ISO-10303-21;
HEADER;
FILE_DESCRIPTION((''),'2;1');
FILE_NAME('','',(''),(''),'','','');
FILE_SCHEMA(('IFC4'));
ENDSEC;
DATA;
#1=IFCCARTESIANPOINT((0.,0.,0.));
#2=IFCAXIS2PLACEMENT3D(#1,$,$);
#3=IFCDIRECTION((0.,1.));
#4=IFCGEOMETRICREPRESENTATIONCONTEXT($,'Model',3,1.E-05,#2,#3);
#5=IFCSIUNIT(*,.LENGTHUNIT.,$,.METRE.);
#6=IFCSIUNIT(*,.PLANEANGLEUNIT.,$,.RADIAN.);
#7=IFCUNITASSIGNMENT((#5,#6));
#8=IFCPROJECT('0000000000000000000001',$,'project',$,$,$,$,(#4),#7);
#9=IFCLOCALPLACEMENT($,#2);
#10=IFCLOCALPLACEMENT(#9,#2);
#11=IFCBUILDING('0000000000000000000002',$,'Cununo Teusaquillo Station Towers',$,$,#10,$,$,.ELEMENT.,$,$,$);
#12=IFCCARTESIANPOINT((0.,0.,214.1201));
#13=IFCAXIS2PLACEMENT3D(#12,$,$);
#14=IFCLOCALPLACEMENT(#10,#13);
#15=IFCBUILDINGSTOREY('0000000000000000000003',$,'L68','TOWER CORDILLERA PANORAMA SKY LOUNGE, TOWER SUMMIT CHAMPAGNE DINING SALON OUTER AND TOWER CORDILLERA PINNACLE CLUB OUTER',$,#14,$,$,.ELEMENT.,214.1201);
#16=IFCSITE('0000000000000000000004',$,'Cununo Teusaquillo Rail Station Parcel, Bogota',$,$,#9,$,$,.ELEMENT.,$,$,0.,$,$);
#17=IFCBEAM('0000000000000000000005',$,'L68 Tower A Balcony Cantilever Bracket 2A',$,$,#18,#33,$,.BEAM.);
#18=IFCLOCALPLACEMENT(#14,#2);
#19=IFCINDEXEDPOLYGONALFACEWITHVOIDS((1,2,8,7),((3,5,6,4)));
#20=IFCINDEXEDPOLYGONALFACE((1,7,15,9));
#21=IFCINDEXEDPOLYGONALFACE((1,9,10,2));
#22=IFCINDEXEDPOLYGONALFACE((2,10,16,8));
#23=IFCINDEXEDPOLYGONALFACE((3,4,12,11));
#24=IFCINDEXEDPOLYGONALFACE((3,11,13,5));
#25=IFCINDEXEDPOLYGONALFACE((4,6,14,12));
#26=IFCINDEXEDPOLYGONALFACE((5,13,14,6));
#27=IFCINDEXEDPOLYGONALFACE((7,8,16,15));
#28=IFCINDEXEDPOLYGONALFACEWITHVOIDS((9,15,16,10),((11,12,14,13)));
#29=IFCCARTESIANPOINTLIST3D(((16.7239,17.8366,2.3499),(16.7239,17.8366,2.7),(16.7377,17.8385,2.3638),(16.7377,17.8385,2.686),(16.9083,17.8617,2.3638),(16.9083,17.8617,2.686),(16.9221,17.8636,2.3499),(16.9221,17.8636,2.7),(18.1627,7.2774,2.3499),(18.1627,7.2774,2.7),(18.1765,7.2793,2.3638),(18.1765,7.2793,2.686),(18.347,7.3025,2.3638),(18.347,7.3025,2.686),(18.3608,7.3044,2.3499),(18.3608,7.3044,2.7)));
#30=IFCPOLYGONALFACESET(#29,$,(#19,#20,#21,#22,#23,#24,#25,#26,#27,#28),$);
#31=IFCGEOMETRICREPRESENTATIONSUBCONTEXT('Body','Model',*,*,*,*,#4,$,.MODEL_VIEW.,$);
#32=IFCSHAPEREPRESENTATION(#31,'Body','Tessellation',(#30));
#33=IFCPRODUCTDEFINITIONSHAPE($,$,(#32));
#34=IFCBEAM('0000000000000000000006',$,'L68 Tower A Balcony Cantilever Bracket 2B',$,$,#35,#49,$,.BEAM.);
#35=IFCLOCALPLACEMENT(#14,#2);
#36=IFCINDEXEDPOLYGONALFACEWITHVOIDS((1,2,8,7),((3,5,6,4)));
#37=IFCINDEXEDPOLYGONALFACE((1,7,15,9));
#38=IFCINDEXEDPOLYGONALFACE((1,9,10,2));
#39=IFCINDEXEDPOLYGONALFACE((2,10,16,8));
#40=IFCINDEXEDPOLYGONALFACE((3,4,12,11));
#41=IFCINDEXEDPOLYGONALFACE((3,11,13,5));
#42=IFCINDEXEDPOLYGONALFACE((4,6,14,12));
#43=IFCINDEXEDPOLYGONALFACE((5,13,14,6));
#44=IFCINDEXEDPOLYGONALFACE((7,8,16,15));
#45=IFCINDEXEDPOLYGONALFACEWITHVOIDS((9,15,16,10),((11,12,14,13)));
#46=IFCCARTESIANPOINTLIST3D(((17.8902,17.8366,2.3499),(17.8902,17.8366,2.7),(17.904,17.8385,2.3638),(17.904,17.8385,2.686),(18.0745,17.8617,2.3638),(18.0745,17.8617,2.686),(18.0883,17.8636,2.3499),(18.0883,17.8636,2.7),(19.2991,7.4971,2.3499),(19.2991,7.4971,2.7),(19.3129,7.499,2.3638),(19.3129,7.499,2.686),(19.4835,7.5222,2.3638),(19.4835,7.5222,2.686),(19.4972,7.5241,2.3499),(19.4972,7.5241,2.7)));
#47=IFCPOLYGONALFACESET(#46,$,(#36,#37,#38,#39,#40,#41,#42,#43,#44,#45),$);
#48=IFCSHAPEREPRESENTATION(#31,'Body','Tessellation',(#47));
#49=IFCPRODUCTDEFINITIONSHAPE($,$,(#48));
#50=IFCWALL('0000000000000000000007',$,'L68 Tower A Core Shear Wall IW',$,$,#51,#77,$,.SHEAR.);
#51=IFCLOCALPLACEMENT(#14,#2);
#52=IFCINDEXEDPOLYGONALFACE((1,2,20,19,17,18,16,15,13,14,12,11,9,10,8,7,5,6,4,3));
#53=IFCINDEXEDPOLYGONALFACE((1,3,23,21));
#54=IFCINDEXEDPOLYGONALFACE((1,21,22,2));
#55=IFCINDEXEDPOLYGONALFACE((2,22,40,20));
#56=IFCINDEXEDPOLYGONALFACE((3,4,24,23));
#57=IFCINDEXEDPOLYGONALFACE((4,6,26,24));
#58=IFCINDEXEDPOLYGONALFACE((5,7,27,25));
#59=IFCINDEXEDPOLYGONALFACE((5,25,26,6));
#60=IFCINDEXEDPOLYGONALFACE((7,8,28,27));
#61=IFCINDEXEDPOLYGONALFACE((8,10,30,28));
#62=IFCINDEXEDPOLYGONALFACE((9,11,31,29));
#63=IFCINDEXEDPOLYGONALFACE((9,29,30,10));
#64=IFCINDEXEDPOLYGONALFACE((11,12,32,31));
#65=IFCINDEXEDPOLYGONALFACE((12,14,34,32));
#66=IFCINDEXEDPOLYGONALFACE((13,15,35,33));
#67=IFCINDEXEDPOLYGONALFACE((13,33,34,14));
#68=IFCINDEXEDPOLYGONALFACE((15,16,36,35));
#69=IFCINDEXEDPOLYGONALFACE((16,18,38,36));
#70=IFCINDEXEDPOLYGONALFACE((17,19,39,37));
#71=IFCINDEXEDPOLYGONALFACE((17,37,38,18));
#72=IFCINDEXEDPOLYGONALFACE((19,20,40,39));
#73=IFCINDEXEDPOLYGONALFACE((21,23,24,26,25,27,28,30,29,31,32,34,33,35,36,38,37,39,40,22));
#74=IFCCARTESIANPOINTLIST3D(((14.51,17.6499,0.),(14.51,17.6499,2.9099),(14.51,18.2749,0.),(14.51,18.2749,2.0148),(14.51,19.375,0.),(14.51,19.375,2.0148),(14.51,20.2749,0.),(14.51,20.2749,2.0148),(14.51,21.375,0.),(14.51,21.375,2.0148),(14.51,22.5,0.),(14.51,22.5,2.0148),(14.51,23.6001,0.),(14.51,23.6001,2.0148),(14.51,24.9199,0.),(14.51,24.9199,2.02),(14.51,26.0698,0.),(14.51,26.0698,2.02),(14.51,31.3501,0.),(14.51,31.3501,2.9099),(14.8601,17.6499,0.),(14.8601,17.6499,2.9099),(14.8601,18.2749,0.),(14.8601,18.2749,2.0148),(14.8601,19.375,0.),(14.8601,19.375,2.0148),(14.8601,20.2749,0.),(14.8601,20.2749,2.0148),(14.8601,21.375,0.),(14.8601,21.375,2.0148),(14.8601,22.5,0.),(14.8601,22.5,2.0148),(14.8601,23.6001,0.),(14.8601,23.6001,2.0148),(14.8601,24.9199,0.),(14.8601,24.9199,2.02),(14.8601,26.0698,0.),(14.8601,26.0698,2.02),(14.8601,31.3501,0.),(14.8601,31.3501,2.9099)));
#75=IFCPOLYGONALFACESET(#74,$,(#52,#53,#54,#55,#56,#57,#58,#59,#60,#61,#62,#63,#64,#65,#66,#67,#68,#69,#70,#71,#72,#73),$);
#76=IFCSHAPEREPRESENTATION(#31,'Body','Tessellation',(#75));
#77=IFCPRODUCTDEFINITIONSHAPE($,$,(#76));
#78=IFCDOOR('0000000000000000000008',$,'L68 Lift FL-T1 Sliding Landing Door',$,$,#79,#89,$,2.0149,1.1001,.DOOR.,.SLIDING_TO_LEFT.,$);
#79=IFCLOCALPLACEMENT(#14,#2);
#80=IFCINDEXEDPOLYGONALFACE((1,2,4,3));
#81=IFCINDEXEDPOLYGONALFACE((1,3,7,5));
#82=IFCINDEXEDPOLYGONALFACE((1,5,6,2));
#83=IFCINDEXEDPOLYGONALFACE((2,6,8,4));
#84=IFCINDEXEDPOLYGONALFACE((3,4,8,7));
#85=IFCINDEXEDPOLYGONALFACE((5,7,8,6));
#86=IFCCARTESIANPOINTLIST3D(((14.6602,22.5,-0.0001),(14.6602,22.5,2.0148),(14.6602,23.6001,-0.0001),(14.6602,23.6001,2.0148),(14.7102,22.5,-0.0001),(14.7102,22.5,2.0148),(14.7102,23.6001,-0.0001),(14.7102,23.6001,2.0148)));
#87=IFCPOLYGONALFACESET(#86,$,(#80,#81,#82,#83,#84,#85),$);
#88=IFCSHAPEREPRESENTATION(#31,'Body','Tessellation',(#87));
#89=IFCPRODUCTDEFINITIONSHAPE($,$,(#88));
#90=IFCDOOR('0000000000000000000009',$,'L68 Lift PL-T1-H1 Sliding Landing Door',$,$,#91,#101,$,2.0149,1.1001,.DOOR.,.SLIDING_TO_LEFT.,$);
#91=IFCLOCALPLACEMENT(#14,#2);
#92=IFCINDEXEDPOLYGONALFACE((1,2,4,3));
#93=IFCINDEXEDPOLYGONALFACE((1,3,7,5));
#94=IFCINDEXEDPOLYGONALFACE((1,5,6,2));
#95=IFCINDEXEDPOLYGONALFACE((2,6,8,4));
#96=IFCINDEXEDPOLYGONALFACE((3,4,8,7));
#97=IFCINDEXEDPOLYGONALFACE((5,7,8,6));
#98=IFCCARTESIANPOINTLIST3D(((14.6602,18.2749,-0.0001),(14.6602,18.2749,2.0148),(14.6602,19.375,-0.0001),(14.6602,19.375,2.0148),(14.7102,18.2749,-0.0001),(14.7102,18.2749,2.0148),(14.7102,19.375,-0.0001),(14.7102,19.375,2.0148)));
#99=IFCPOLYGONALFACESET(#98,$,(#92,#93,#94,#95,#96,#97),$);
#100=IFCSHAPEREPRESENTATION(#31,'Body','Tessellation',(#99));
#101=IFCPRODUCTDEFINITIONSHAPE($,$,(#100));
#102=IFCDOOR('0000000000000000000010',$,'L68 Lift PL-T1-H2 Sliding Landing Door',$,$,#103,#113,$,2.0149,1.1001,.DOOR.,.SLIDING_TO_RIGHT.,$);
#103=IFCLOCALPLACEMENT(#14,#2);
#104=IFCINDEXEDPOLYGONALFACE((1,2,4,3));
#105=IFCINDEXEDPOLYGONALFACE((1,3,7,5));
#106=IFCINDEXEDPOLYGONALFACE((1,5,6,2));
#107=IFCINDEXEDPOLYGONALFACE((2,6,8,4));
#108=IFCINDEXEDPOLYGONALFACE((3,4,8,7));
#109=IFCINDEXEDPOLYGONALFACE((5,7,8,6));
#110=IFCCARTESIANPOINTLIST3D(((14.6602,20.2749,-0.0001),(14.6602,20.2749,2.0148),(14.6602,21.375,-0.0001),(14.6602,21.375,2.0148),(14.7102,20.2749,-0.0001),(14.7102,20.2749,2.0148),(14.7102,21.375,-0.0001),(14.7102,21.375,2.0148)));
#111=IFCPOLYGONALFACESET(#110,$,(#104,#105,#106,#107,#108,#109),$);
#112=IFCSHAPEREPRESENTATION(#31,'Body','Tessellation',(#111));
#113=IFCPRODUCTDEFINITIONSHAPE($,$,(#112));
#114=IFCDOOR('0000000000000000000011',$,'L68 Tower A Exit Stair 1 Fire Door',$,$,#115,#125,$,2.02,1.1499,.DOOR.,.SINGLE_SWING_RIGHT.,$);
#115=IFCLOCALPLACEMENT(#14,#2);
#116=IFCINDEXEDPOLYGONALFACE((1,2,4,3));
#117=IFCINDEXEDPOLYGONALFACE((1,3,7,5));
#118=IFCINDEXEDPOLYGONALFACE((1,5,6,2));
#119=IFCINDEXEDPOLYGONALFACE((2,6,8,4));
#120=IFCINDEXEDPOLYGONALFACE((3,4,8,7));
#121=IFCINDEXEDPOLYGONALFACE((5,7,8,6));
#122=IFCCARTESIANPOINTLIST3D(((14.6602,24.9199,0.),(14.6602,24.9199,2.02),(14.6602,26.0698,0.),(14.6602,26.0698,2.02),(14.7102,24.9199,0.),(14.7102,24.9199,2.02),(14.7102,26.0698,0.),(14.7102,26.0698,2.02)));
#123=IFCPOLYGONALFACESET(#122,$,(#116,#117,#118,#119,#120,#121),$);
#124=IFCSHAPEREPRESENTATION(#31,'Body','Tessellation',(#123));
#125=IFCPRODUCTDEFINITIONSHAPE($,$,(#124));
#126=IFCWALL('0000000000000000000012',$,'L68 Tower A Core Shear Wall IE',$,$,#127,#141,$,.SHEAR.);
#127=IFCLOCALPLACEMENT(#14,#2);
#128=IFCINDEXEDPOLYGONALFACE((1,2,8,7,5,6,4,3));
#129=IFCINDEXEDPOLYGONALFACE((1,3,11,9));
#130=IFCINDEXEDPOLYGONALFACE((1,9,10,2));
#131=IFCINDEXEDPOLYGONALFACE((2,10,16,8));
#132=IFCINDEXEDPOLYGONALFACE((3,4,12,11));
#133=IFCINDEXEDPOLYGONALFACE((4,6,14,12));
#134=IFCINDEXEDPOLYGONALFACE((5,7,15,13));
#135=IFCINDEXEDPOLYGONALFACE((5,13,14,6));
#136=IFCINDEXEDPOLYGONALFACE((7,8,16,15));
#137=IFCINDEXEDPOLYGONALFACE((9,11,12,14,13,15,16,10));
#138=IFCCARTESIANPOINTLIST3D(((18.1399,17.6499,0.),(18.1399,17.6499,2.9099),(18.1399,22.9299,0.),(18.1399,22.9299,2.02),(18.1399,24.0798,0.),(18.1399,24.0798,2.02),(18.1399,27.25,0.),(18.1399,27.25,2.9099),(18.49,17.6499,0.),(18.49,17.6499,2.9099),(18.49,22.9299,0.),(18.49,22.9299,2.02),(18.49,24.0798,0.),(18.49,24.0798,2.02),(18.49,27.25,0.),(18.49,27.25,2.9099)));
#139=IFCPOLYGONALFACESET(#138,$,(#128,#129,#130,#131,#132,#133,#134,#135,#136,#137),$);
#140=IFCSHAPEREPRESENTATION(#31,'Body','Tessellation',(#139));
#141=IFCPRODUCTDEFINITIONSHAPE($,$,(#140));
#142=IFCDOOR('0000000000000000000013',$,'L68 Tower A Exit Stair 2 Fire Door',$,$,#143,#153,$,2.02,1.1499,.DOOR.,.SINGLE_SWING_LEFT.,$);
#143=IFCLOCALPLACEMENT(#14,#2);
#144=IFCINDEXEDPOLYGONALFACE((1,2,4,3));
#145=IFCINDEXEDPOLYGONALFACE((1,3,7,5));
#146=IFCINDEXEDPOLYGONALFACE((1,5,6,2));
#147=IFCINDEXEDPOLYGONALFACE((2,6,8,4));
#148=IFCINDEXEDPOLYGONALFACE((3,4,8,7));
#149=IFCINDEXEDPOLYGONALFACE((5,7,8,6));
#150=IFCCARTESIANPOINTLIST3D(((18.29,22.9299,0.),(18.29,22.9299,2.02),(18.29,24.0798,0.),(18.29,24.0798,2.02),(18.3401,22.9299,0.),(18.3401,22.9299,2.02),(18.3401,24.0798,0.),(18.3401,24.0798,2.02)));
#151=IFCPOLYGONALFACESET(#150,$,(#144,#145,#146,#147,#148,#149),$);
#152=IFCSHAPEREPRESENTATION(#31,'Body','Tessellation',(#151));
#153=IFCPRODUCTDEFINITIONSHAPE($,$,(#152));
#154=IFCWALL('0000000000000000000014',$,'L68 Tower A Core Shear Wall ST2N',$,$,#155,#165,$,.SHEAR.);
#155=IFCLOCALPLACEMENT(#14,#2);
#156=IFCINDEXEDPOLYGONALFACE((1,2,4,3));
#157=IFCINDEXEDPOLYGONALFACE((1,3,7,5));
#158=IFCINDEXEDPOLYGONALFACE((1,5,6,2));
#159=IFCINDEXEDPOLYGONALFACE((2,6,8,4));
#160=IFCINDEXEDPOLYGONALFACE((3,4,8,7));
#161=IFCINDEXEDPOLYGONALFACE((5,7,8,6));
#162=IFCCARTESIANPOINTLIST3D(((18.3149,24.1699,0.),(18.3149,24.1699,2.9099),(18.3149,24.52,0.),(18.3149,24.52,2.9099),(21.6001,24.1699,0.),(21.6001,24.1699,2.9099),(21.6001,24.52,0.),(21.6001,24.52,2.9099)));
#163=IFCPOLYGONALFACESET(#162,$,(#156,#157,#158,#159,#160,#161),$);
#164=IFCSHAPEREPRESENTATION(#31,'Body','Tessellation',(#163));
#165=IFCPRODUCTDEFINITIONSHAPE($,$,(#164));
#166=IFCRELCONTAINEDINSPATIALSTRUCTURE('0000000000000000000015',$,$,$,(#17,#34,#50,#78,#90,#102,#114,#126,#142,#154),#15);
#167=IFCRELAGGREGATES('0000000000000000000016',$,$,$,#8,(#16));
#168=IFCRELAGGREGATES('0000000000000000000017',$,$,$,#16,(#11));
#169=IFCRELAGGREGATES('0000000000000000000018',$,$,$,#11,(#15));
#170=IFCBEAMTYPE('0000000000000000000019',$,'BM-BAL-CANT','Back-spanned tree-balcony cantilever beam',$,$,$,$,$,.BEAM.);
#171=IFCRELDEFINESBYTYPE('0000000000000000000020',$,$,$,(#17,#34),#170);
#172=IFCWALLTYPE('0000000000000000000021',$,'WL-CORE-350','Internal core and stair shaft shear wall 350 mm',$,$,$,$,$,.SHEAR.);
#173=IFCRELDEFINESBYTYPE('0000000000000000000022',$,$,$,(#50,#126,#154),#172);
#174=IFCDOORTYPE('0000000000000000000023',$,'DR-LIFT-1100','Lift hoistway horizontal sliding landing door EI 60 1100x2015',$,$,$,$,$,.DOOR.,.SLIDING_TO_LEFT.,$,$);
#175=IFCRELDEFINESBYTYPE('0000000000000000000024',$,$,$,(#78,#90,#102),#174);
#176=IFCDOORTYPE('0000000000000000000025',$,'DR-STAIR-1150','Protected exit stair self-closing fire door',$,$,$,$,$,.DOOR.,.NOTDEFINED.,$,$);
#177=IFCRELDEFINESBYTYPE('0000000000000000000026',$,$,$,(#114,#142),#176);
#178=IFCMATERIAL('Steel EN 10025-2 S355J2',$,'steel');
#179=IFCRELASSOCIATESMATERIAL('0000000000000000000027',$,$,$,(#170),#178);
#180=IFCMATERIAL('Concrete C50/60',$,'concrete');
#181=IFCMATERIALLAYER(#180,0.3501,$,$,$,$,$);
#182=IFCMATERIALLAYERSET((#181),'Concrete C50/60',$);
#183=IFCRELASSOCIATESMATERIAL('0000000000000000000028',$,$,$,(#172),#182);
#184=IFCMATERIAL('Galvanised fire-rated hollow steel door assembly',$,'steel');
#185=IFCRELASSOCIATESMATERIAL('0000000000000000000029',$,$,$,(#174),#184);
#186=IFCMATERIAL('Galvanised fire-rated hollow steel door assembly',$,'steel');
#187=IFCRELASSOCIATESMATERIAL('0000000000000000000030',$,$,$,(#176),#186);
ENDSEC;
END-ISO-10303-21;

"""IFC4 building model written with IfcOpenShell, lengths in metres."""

from ifc_helpers import new_model, si_unit, direction, frame, frame_2d, origin, origin_2d, place, context, subcontext, project, spatial, rectangle, hollow_rectangle, extrude, source, transform, mapped, material, layer, layer_set, material_profile, profile_set, type_object, element, fill, save


model = new_model("IFC4")

# Units and contexts
model_context = context("Model", 3, precision=1e-05, world=origin(), true_north=direction((0.0, 1.0)))
body_context = subcontext(model_context, "Body", "Model", "MODEL_VIEW")
ifc_project = project(units=[si_unit("LENGTHUNIT", "METRE"), si_unit("PLANEANGLEUNIT", "RADIAN")], contexts=[model_context])

# Site, building, storey
site_placement = place(None, origin())
site = spatial("IfcSite", under=ifc_project, at=site_placement, Name="Cununo Teusaquillo Rail Station Parcel, Bogota", CompositionType="ELEMENT", RefElevation=0.0)
building_placement = place(site_placement, origin())
building = spatial("IfcBuilding", under=site, at=building_placement, Name="Cununo Teusaquillo Station Towers", CompositionType="ELEMENT")
storey_placement = place(building_placement, frame((0.0, 0.0, 214.1201)))
storey = spatial("IfcBuildingStorey", under=building, at=storey_placement, Name="L68", Description="TOWER CORDILLERA PANORAMA SKY LOUNGE, TOWER SUMMIT CHAMPAGNE DINING SALON OUTER AND TOWER CORDILLERA PINNACLE CLUB OUTER", CompositionType="ELEMENT", Elevation=214.1201)

# Beams
ifc_material_1 = material(Name="Steel EN 10025-2 S355J2", Category="steel")
ifc_material_profile = material_profile(ifc_material_1, hollow_rectangle(XDim=0.2, YDim=0.3501, WallThickness=0.0139, at=origin_2d()), Name="RHS 350x200x14")
ifc_profile_set = profile_set([ifc_material_profile], Name="Steel EN 10025-2 S355J2")
beam_type = type_object("IfcBeamType", Name="BM-BAL-CANT", Description="Back-spanned tree-balcony cantilever beam", PredefinedType="BEAM", material=ifc_profile_set)
beam_1_placement = place(storey_placement, frame((16.823, 17.8501, 2.5249), z_axis=(0.135007, -0.990845, 0.0), x_axis=(0.990845, 0.135007, 0.0)))
element("IfcBeam", 1, at=beam_1_placement, inside=storey, type_object=beam_type, Name="L68 Tower A Balcony Cantilever Bracket 2A", PredefinedType="BEAM", context=body_context, shape_type="SweptSolid", body=[
    extrude(hollow_rectangle(XDim=0.2, YDim=0.3501, WallThickness=0.0139, at=origin_2d()), origin(), (0.0, 0.0, 1.0), 10.6567),
])
beam_2_placement = place(storey_placement, frame((17.9893, 17.8501, 2.5249), z_axis=(0.135018, -0.990843, 0.0), x_axis=(0.990843, 0.135018, 0.0)))
element("IfcBeam", 2, at=beam_2_placement, inside=storey, type_object=beam_type, Name="L68 Tower A Balcony Cantilever Bracket 2B", PredefinedType="BEAM", context=body_context, shape_type="SweptSolid", body=[
    extrude(hollow_rectangle(XDim=0.2, YDim=0.3501, WallThickness=0.0139, at=origin_2d()), origin(), (0.0, 0.0, 1.0), 10.4351),
])

# Wall, openings, doors
ifc_material_2 = material(Name="Concrete C50/60", Category="concrete")
ifc_layer_1 = layer(ifc_material_2, 0.3501)
ifc_layer_set_1 = layer_set([ifc_layer_1], Name="Concrete C50/60")
wall_type_1 = type_object("IfcWallType", Name="WL-CORE-350", Description="Internal core and stair shaft shear wall 350 mm", PredefinedType="SHEAR", material=ifc_layer_set_1)
wall_1_placement = place(storey_placement, frame((14.6851, 17.6499, 0.0), z_axis=(0.0, 0.0, 1.0), x_axis=(0.0, 1.0, 0.0)))
wall_1 = element("IfcWall", 3, at=wall_1_placement, inside=storey, type_object=wall_type_1, Name="L68 Tower A Core Shear Wall IW", PredefinedType="SHEAR", context=body_context, shape_type="SweptSolid", body=[
    extrude(rectangle(XDim=13.7002, YDim=0.3501, at=frame_2d((6.8501, 0.0))), origin(), (0.0, 0.0, 1.0), 2.9099),
])
shared_shape_1 = source(origin(), body_context, "Body", "SweptSolid", [
    extrude(rectangle(XDim=1.1001, YDim=2.0149, at=frame_2d((0.55, 1.0073))), frame((0.0, 0.1851, 0.0), z_axis=(0.0, -1.0, 0.0), x_axis=(1.0, 0.0, 0.0)), (0.0, 0.0, 1.0), 0.3701),
])
opening_1_placement = place(wall_1_placement, frame((4.8501, 0.0, 0.0)))
opening_1 = element("IfcOpeningElement", 4, at=opening_1_placement, cuts=wall_1, PredefinedType="OPENING", context=body_context, shape_type="MappedRepresentation", body=[
    mapped(shared_shape_1, transform((0.0, 0.0, 0.0), x_axis=(1.0, 0.0, 0.0), y_axis=(0.0, 1.0, 0.0), z_axis=(0.0, 0.0, 1.0), scale=1.0)),
])
opening_2_placement = place(wall_1_placement, frame((0.625, 0.0, 0.0)))
opening_2 = element("IfcOpeningElement", 5, at=opening_2_placement, cuts=wall_1, PredefinedType="OPENING", context=body_context, shape_type="MappedRepresentation", body=[
    mapped(shared_shape_1, transform((0.0, 0.0, 0.0), x_axis=(1.0, 0.0, 0.0), y_axis=(0.0, 1.0, 0.0), z_axis=(0.0, 0.0, 1.0), scale=1.0)),
])
opening_3_placement = place(wall_1_placement, frame((2.625, 0.0, 0.0)))
opening_3 = element("IfcOpeningElement", 6, at=opening_3_placement, cuts=wall_1, PredefinedType="OPENING", context=body_context, shape_type="MappedRepresentation", body=[
    mapped(shared_shape_1, transform((0.0, 0.0, 0.0), x_axis=(1.0, 0.0, 0.0), y_axis=(0.0, 1.0, 0.0), z_axis=(0.0, 0.0, 1.0), scale=1.0)),
])
shared_shape_2 = source(origin(), body_context, "Body", "SweptSolid", [
    extrude(rectangle(XDim=1.1499, YDim=2.02, at=frame_2d((0.575, 1.01))), frame((0.0, 0.1851, 0.0), z_axis=(0.0, -1.0, 0.0), x_axis=(1.0, 0.0, 0.0)), (0.0, 0.0, 1.0), 0.3701),
])
opening_4_placement = place(wall_1_placement, frame((7.27, 0.0, 0.0)))
opening_4 = element("IfcOpeningElement", 7, at=opening_4_placement, cuts=wall_1, PredefinedType="OPENING", context=body_context, shape_type="MappedRepresentation", body=[
    mapped(shared_shape_2, transform((0.0, 0.0, 0.0), x_axis=(1.0, 0.0, 0.0), y_axis=(0.0, 1.0, 0.0), z_axis=(0.0, 0.0, 1.0), scale=1.0)),
])
ifc_material_3 = material(Name="Galvanised fire-rated hollow steel door assembly", Category="steel")
door_type_1 = type_object("IfcDoorType", Name="DR-LIFT-1100", Description="Lift hoistway horizontal sliding landing door EI 60 1100x2015", OperationType="SLIDING_TO_LEFT", PredefinedType="DOOR", material=ifc_material_3)
shared_shape_3 = source(origin(), body_context, "Body", "SweptSolid", [
    extrude(rectangle(XDim=1.1001, YDim=2.0149, at=frame_2d((0.55, 1.0073))), frame((0.0, 0.0249, 0.0), z_axis=(0.0, -1.0, 0.0), x_axis=(1.0, 0.0, 0.0)), (0.0, 0.0, 1.0), 0.05),
])
door_1_placement = place(opening_1_placement, origin())
door_1 = element("IfcDoor", 8, at=door_1_placement, inside=storey, type_object=door_type_1, Name="L68 Lift FL-T1 Sliding Landing Door", OperationType="SLIDING_TO_LEFT", OverallHeight=2.0149, OverallWidth=1.1001, PredefinedType="DOOR", context=body_context, shape_type="MappedRepresentation", body=[
    mapped(shared_shape_3, transform((0.0, 0.0, 0.0), x_axis=(1.0, 0.0, 0.0), y_axis=(0.0, 1.0, 0.0), z_axis=(0.0, 0.0, 1.0), scale=1.0)),
])
fill(opening_1, door_1)
door_2_placement = place(opening_2_placement, origin())
door_2 = element("IfcDoor", 9, at=door_2_placement, inside=storey, type_object=door_type_1, Name="L68 Lift PL-T1-H1 Sliding Landing Door", OperationType="SLIDING_TO_LEFT", OverallHeight=2.0149, OverallWidth=1.1001, PredefinedType="DOOR", context=body_context, shape_type="MappedRepresentation", body=[
    mapped(shared_shape_3, transform((0.0, 0.0, 0.0), x_axis=(1.0, 0.0, 0.0), y_axis=(0.0, 1.0, 0.0), z_axis=(0.0, 0.0, 1.0), scale=1.0)),
])
fill(opening_2, door_2)
door_3_placement = place(opening_3_placement, origin())
door_3 = element("IfcDoor", 10, at=door_3_placement, inside=storey, type_object=door_type_1, Name="L68 Lift PL-T1-H2 Sliding Landing Door", OperationType="SLIDING_TO_RIGHT", OverallHeight=2.0149, OverallWidth=1.1001, PredefinedType="DOOR", context=body_context, shape_type="MappedRepresentation", body=[
    mapped(shared_shape_3, transform((0.0, 0.0, 0.0), x_axis=(1.0, 0.0, 0.0), y_axis=(0.0, 1.0, 0.0), z_axis=(0.0, 0.0, 1.0), scale=1.0)),
])
fill(opening_3, door_3)
ifc_material_4 = material(Name="Galvanised fire-rated hollow steel door assembly", Category="steel")
door_type_2 = type_object("IfcDoorType", Name="DR-STAIR-1150", Description="Protected exit stair self-closing fire door", OperationType="NOTDEFINED", PredefinedType="DOOR", material=ifc_material_4)
shared_shape_4 = source(origin(), body_context, "Body", "SweptSolid", [
    extrude(rectangle(XDim=1.1499, YDim=2.02, at=frame_2d((0.575, 1.01))), frame((0.0, 0.0249, 0.0), z_axis=(0.0, -1.0, 0.0), x_axis=(1.0, 0.0, 0.0)), (0.0, 0.0, 1.0), 0.05),
])
door_4_placement = place(opening_4_placement, origin())
door_4 = element("IfcDoor", 11, at=door_4_placement, inside=storey, type_object=door_type_2, Name="L68 Tower A Exit Stair 1 Fire Door", OperationType="SINGLE_SWING_RIGHT", OverallHeight=2.02, OverallWidth=1.1499, PredefinedType="DOOR", context=body_context, shape_type="MappedRepresentation", body=[
    mapped(shared_shape_4, transform((0.0, 0.0, 0.0), x_axis=(1.0, 0.0, 0.0), y_axis=(0.0, 1.0, 0.0), z_axis=(0.0, 0.0, 1.0), scale=1.0)),
])
fill(opening_4, door_4)

# Wall, opening, door
wall_2_placement = place(storey_placement, frame((18.3149, 17.6499, 0.0), z_axis=(0.0, 0.0, 1.0), x_axis=(0.0, 1.0, 0.0)))
wall_2 = element("IfcWall", 12, at=wall_2_placement, inside=storey, type_object=wall_type_1, Name="L68 Tower A Core Shear Wall IE", PredefinedType="SHEAR", context=body_context, shape_type="SweptSolid", body=[
    extrude(rectangle(XDim=9.6001, YDim=0.3501, at=frame_2d((4.8, 0.0))), origin(), (0.0, 0.0, 1.0), 2.9099),
])
opening_5_placement = place(wall_2_placement, frame((5.28, 0.0, 0.0)))
opening_5 = element("IfcOpeningElement", 13, at=opening_5_placement, cuts=wall_2, PredefinedType="OPENING", context=body_context, shape_type="MappedRepresentation", body=[
    mapped(shared_shape_2, transform((0.0, 0.0, 0.0), x_axis=(1.0, 0.0, 0.0), y_axis=(0.0, 1.0, 0.0), z_axis=(0.0, 0.0, 1.0), scale=1.0)),
])
door_5_placement = place(opening_5_placement, origin())
door_5 = element("IfcDoor", 14, at=door_5_placement, inside=storey, type_object=door_type_2, Name="L68 Tower A Exit Stair 2 Fire Door", OperationType="SINGLE_SWING_LEFT", OverallHeight=2.02, OverallWidth=1.1499, PredefinedType="DOOR", context=body_context, shape_type="MappedRepresentation", body=[
    mapped(shared_shape_4, transform((0.0, 0.0, 0.0), x_axis=(1.0, 0.0, 0.0), y_axis=(0.0, 1.0, 0.0), z_axis=(0.0, 0.0, 1.0), scale=1.0)),
])
fill(opening_5, door_5)

# Wall
wall_3_placement = place(storey_placement, frame((18.3149, 24.345, 0.0), z_axis=(0.0, 0.0, 1.0), x_axis=(1.0, 0.0, 0.0)))
element("IfcWall", 15, at=wall_3_placement, inside=storey, type_object=wall_type_1, Name="L68 Tower A Core Shear Wall ST2N", PredefinedType="SHEAR", context=body_context, shape_type="SweptSolid", body=[
    extrude(rectangle(XDim=3.2852, YDim=0.3501, at=frame_2d((1.6426, 0.0))), origin(), (0.0, 0.0, 1.0), 2.9099),
])

save(model, "model.ifc")
